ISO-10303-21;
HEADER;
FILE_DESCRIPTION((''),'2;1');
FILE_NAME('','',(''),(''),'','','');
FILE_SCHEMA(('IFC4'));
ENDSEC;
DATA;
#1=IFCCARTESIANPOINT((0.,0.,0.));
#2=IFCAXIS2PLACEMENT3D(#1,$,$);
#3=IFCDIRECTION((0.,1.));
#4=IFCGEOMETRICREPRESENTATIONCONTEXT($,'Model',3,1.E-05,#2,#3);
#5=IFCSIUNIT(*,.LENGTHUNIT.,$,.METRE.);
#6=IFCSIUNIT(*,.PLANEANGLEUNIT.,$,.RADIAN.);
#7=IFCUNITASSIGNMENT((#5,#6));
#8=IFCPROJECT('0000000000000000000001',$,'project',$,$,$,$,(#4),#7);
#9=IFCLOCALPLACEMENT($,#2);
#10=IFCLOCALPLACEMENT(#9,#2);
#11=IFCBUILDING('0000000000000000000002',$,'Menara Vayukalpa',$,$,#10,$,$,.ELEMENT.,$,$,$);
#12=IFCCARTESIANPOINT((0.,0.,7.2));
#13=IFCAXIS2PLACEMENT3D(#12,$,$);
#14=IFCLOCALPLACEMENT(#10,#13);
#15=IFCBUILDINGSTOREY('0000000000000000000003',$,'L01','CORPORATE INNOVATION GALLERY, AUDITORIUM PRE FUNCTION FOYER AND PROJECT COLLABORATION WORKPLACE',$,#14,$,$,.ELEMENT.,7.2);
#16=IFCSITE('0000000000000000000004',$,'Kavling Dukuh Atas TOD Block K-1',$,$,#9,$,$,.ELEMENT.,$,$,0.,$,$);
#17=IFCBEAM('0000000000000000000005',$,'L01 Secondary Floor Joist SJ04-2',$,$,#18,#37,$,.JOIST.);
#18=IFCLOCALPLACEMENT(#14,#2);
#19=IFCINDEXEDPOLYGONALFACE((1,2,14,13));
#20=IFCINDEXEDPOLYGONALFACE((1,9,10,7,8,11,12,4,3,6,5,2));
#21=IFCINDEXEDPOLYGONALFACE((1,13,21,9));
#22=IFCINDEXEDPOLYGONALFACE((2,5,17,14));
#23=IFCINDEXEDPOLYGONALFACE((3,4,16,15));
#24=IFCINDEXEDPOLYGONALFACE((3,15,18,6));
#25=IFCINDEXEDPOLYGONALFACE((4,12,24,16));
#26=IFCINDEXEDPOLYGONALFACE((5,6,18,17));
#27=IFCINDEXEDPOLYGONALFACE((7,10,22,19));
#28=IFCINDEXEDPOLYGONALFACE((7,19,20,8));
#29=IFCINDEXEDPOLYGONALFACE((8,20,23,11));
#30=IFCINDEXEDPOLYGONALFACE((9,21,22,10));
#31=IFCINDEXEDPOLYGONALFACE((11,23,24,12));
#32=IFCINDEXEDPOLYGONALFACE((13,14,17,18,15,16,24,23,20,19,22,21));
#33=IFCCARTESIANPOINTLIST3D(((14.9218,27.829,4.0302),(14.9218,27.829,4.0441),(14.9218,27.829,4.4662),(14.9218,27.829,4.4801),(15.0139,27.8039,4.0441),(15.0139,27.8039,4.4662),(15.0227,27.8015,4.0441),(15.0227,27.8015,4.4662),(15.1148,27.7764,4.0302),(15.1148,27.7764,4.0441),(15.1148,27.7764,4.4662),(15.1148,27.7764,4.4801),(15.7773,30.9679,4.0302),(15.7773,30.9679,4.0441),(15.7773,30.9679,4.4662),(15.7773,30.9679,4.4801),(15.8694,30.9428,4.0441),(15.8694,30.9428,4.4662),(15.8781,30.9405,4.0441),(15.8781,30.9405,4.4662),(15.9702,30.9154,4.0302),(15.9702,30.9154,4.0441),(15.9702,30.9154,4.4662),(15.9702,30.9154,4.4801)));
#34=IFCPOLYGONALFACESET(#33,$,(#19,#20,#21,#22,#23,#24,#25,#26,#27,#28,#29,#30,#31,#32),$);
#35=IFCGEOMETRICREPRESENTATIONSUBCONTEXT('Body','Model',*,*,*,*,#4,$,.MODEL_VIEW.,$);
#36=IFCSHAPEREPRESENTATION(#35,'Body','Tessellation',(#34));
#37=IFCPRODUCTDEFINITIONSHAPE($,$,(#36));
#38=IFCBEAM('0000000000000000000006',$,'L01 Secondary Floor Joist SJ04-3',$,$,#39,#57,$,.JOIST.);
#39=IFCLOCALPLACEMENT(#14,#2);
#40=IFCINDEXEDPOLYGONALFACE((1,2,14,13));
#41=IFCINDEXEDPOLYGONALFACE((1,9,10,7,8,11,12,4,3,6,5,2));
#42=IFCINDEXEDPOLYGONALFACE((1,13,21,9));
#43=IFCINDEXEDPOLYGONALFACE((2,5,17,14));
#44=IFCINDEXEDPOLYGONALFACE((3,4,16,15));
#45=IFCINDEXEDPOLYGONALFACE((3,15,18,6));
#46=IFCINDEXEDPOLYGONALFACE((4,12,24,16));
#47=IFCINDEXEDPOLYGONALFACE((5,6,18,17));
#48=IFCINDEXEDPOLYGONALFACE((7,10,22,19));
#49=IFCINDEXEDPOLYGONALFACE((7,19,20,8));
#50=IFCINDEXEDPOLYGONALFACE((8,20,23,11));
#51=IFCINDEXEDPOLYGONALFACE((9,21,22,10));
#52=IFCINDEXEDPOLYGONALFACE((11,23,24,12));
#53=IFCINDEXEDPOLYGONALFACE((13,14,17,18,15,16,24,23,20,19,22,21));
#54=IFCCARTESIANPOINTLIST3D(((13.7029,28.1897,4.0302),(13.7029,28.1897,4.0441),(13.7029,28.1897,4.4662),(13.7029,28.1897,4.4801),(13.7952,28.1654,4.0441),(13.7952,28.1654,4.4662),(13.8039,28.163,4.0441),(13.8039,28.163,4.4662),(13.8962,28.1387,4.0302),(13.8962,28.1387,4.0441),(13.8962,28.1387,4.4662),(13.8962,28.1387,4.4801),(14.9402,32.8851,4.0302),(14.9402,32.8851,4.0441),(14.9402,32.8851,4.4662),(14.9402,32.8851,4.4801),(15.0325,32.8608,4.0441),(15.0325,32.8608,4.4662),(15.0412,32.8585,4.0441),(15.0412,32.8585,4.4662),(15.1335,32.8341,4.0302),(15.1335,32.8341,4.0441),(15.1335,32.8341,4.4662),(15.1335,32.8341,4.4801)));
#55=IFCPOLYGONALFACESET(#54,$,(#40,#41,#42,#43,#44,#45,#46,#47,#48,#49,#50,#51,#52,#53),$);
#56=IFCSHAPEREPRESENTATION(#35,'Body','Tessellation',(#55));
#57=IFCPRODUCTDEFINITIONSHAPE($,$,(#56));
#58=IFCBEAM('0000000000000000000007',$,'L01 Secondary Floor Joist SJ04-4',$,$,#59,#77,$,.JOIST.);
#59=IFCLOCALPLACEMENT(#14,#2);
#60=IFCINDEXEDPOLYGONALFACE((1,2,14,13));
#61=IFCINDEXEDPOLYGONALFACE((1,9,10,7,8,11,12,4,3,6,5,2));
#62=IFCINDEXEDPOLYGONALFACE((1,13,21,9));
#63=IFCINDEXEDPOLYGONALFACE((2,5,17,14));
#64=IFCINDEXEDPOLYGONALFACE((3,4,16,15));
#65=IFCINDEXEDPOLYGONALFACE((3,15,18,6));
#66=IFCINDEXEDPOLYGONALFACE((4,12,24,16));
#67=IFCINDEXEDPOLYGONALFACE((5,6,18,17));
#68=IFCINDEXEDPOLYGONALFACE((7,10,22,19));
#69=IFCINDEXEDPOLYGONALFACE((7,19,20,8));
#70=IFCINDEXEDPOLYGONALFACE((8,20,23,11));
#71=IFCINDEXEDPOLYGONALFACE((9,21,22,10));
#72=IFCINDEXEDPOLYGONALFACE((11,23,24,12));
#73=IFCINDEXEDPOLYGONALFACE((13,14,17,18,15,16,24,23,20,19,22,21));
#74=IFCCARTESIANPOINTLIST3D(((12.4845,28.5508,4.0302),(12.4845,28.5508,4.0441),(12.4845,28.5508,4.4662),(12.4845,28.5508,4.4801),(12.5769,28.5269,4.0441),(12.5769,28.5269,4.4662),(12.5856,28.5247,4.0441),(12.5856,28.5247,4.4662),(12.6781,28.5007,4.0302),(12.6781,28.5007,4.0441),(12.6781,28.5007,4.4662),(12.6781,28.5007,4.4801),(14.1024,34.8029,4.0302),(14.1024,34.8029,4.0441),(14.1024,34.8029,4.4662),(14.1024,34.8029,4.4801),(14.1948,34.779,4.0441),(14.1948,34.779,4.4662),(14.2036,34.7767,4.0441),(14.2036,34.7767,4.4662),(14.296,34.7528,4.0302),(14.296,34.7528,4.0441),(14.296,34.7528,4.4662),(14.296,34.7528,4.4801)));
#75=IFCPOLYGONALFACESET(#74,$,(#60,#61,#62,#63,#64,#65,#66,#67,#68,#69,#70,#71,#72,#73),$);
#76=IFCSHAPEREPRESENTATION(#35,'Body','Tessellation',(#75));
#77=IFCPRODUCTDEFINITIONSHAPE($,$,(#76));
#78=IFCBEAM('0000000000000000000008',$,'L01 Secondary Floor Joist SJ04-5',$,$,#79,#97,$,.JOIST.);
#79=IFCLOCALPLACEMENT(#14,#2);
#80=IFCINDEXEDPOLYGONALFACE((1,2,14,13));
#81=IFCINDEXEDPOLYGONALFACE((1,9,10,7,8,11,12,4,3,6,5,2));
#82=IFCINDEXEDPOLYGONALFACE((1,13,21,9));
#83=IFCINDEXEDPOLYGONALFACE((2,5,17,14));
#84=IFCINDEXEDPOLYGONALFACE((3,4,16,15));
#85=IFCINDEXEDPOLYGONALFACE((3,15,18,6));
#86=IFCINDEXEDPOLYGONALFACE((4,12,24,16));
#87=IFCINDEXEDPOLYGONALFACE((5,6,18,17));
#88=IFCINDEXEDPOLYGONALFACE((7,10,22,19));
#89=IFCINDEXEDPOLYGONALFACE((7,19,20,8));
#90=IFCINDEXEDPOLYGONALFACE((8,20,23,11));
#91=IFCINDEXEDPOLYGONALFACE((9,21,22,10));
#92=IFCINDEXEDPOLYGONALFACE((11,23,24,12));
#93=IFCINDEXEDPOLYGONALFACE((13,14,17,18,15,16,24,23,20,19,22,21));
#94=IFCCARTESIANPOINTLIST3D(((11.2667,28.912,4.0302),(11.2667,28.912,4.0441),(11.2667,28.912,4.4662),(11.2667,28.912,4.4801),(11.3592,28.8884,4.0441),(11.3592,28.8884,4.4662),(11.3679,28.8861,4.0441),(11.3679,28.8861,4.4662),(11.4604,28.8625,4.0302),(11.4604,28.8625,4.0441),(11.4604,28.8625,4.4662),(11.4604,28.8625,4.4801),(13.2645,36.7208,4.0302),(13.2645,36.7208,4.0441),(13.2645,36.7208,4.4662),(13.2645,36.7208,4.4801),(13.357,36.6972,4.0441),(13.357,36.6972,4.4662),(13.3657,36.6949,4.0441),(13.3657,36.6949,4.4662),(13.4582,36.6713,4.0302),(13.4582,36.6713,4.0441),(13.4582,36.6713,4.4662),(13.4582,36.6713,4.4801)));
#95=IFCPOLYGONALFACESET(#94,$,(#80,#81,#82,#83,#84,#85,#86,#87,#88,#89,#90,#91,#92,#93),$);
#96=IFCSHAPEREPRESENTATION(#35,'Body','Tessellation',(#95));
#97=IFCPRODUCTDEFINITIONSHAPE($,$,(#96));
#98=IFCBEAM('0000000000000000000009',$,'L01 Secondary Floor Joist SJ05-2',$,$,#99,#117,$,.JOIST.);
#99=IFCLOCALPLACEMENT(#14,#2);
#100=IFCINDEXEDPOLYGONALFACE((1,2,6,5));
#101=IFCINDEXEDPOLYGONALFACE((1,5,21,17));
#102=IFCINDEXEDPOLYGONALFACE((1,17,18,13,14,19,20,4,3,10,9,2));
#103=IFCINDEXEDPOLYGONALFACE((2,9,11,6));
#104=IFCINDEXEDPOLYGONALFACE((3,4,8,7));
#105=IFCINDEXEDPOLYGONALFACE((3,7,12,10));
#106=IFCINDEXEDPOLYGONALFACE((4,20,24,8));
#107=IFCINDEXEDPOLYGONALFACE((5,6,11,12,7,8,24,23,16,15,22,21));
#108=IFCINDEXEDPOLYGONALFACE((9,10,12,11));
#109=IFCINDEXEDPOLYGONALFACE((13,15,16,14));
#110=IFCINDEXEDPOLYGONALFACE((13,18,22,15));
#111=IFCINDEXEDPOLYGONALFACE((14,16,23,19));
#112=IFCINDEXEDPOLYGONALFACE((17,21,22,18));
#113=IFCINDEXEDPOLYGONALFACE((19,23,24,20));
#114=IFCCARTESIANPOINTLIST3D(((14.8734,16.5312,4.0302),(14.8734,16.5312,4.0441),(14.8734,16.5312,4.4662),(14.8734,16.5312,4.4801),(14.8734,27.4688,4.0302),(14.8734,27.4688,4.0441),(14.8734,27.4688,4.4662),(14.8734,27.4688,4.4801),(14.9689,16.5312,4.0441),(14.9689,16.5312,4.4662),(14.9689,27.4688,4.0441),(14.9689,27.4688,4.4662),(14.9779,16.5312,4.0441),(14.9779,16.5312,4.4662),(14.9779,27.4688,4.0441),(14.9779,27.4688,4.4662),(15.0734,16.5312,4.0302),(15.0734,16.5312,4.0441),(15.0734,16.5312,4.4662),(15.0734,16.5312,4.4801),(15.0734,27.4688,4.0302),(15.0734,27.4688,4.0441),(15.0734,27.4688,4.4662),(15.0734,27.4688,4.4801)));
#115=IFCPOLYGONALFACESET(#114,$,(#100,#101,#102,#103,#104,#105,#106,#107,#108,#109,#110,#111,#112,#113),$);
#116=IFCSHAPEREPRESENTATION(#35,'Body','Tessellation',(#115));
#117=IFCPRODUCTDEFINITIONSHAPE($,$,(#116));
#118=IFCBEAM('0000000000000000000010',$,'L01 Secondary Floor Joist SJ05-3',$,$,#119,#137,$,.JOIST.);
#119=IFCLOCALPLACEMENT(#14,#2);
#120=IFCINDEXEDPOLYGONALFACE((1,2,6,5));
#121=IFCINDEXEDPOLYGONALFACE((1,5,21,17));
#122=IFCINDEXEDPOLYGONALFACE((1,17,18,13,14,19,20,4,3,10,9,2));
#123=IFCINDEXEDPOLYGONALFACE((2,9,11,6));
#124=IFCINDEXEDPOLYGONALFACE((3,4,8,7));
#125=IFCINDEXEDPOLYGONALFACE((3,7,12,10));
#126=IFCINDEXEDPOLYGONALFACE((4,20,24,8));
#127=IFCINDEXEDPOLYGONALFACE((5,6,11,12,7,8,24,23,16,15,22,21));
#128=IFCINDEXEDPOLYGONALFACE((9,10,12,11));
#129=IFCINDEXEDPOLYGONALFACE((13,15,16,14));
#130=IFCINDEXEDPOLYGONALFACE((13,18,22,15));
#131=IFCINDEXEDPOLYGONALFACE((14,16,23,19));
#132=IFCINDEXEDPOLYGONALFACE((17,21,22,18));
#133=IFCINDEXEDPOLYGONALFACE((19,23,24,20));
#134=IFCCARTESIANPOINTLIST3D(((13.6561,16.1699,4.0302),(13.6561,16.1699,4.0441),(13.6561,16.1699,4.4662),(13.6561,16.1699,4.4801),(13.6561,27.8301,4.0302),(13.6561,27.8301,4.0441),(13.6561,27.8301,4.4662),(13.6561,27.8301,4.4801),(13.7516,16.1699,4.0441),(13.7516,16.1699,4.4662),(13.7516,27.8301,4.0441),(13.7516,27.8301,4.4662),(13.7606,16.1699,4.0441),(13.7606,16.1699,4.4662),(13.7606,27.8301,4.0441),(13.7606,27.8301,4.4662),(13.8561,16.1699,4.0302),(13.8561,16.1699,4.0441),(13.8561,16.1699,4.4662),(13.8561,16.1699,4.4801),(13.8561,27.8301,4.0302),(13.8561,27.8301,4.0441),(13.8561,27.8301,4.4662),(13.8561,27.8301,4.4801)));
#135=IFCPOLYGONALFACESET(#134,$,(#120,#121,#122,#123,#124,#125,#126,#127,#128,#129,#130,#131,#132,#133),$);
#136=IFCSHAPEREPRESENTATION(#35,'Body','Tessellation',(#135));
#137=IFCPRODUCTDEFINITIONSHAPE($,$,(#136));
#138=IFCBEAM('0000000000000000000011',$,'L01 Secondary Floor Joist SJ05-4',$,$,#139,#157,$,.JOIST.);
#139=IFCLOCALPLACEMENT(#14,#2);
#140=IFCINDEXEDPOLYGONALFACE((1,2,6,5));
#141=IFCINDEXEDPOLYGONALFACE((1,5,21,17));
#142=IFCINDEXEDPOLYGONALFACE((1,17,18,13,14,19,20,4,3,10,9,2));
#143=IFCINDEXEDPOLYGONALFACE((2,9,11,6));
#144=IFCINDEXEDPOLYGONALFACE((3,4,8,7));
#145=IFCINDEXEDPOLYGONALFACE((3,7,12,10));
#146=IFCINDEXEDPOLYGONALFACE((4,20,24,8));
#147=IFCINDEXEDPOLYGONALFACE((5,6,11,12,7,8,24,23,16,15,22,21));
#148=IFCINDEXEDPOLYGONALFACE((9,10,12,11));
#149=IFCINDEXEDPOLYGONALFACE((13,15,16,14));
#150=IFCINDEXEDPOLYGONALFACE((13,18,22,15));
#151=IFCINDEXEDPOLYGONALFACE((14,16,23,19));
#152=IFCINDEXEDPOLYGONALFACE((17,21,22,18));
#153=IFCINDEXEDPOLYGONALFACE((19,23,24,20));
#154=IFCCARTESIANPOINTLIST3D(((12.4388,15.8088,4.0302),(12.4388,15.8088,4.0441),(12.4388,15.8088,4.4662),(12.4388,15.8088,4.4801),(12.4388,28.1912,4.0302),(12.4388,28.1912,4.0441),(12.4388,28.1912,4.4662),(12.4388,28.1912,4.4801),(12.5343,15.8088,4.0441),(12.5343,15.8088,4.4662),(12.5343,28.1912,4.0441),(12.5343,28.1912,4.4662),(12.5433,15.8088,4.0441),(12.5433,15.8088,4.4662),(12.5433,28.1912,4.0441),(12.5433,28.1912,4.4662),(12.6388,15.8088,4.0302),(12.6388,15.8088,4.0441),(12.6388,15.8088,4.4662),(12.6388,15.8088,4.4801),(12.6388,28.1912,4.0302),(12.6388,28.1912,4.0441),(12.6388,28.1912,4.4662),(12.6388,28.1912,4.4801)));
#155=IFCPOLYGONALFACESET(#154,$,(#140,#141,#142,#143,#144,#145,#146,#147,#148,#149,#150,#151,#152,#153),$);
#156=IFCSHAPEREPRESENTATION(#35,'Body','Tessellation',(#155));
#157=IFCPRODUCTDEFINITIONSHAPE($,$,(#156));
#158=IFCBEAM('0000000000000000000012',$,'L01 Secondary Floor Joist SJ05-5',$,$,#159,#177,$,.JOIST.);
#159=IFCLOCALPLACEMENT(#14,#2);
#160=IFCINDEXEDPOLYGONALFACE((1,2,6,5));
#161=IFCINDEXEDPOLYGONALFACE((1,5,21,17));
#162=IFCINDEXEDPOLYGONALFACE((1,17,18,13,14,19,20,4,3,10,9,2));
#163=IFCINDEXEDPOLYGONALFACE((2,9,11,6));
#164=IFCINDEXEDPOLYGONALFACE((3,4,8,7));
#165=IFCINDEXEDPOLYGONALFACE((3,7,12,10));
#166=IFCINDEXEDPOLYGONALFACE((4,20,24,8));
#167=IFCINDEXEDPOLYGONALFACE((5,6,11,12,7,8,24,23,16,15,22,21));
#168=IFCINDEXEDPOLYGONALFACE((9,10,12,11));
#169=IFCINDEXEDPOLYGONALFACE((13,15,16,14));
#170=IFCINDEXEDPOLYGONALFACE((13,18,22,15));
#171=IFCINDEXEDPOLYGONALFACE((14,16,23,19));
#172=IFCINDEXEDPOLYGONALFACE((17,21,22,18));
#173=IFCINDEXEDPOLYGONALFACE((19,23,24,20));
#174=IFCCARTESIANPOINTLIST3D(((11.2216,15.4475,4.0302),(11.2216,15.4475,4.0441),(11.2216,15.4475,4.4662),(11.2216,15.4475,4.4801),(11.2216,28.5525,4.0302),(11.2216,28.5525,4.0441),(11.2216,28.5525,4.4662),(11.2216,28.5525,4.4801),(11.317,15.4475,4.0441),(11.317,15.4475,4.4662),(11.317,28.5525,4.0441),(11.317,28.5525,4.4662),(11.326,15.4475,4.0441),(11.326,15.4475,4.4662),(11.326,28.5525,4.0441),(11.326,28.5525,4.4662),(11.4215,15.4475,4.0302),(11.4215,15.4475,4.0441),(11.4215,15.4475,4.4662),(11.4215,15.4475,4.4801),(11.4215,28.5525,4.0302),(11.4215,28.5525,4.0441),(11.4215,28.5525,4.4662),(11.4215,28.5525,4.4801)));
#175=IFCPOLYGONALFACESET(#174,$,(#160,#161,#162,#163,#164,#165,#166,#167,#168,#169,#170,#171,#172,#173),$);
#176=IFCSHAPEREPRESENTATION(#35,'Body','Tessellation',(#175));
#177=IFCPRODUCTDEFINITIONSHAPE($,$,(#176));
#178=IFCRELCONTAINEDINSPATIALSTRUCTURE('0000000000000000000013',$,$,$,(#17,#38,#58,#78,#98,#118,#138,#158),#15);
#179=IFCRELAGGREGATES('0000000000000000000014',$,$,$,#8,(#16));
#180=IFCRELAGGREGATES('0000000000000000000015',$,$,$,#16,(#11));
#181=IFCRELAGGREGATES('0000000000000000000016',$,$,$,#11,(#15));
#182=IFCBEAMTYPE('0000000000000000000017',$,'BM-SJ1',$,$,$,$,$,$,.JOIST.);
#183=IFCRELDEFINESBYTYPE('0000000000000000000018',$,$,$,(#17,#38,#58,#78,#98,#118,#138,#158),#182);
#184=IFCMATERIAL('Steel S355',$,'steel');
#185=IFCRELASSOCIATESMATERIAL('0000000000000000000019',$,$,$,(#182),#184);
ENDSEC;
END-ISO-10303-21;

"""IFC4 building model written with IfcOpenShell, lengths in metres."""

from ifc_helpers import new_model, si_unit, direction, frame, origin, origin_2d, place, context, subcontext, project, spatial, i_section, extrude, material, material_profile, profile_set, type_object, element, save


model = new_model("IFC4")

# Units and contexts
model_context = context("Model", 3, precision=1e-05, world=origin(), true_north=direction((0.0, 1.0)))
body_context = subcontext(model_context, "Body", "Model", "MODEL_VIEW")
ifc_project = project(units=[si_unit("LENGTHUNIT", "METRE"), si_unit("PLANEANGLEUNIT", "RADIAN")], contexts=[model_context])

# Site, building, storey
site_placement = place(None, origin())
site = spatial("IfcSite", under=ifc_project, at=site_placement, Name="Kavling Dukuh Atas TOD Block K-1", CompositionType="ELEMENT", RefElevation=0.0)
building_placement = place(site_placement, origin())
building = spatial("IfcBuilding", under=site, at=building_placement, Name="Menara Vayukalpa", CompositionType="ELEMENT")
storey_placement = place(building_placement, frame((0.0, 0.0, 7.2)))
storey = spatial("IfcBuildingStorey", under=building, at=storey_placement, Name="L01", Description="CORPORATE INNOVATION GALLERY, AUDITORIUM PRE FUNCTION FOYER AND PROJECT COLLABORATION WORKPLACE", CompositionType="ELEMENT", Elevation=7.2)

# Beams
ifc_material_1 = material(Name="Steel S355", Category="steel")
ifc_material_profile_1 = material_profile(ifc_material_1, i_section(OverallWidth=0.2, OverallDepth=0.45, WebThickness=0.009, FlangeThickness=0.0139, at=origin_2d()), Name="WF 450x200x9x14")
ifc_profile_set_1 = profile_set([ifc_material_profile_1], Name="Steel S355")
beam_type_1 = type_object("IfcBeamType", Name="BM-SJ1", PredefinedType="JOIST", material=ifc_profile_set_1)
beam_1_placement = place(storey_placement, frame((15.8738, 30.9417, 4.2551), z_axis=(-0.262946, -0.964811, 0.0), x_axis=(0.964811, -0.262946, 0.0)))
element("IfcBeam", 1, at=beam_1_placement, inside=storey, type_object=beam_type_1, Name="L01 Secondary Floor Joist SJ04-2", PredefinedType="JOIST", context=body_context, shape_type="SweptSolid", body=[
    extrude(i_section(OverallWidth=0.2, OverallDepth=0.45, WebThickness=0.009, FlangeThickness=0.0139, at=origin_2d()), origin(), (0.0, 0.0, 1.0), 3.2534),
])
beam_2_placement = place(storey_placement, frame((15.0369, 32.8596, 4.2551), z_axis=(-0.25482, -0.966989, 0.0), x_axis=(0.966989, -0.25482, 0.0)))
element("IfcBeam", 2, at=beam_2_placement, inside=storey, type_object=beam_type_1, Name="L01 Secondary Floor Joist SJ04-3", PredefinedType="JOIST", context=body_context, shape_type="SweptSolid", body=[
    extrude(i_section(OverallWidth=0.2, OverallDepth=0.45, WebThickness=0.009, FlangeThickness=0.0139, at=origin_2d()), origin(), (0.0, 0.0, 1.0), 4.8557),
])
beam_3_placement = place(storey_placement, frame((14.1992, 34.7778, 4.2551), z_axis=(-0.250533, -0.968108, 0.0), x_axis=(0.968108, -0.250533, 0.0)))
element("IfcBeam", 3, at=beam_3_placement, inside=storey, type_object=beam_type_1, Name="L01 Secondary Floor Joist SJ04-4", PredefinedType="JOIST", context=body_context, shape_type="SweptSolid", body=[
    extrude(i_section(OverallWidth=0.2, OverallDepth=0.45, WebThickness=0.009, FlangeThickness=0.0139, at=origin_2d()), origin(), (0.0, 0.0, 1.0), 6.458),
])
beam_4_placement = place(storey_placement, frame((13.3613, 36.696, 4.2551), z_axis=(-0.247856, -0.968797, 0.0), x_axis=(0.968797, -0.247856, 0.0)))
element("IfcBeam", 4, at=beam_4_placement, inside=storey, type_object=beam_type_1, Name="L01 Secondary Floor Joist SJ04-5", PredefinedType="JOIST", context=body_context, shape_type="SweptSolid", body=[
    extrude(i_section(OverallWidth=0.2, OverallDepth=0.45, WebThickness=0.009, FlangeThickness=0.0139, at=origin_2d()), origin(), (0.0, 0.0, 1.0), 8.0603),
])
beam_5_placement = place(storey_placement, frame((14.9734, 27.4688, 4.2551), z_axis=(0.0, -1.0, 0.0), x_axis=(1.0, 0.0, 0.0)))
element("IfcBeam", 5, at=beam_5_placement, inside=storey, type_object=beam_type_1, Name="L01 Secondary Floor Joist SJ05-2", PredefinedType="JOIST", context=body_context, shape_type="SweptSolid", body=[
    extrude(i_section(OverallWidth=0.2, OverallDepth=0.45, WebThickness=0.009, FlangeThickness=0.0139, at=origin_2d()), origin(), (0.0, 0.0, 1.0), 10.9375),
])
beam_6_placement = place(storey_placement, frame((13.7561, 27.8301, 4.2551), z_axis=(0.0, -1.0, 0.0), x_axis=(1.0, 0.0, 0.0)))
element("IfcBeam", 6, at=beam_6_placement, inside=storey, type_object=beam_type_1, Name="L01 Secondary Floor Joist SJ05-3", PredefinedType="JOIST", context=body_context, shape_type="SweptSolid", body=[
    extrude(i_section(OverallWidth=0.2, OverallDepth=0.45, WebThickness=0.009, FlangeThickness=0.0139, at=origin_2d()), origin(), (0.0, 0.0, 1.0), 11.6602),
])
beam_7_placement = place(storey_placement, frame((12.5388, 28.1912, 4.2551), z_axis=(0.0, -1.0, 0.0), x_axis=(1.0, 0.0, 0.0)))
element("IfcBeam", 7, at=beam_7_placement, inside=storey, type_object=beam_type_1, Name="L01 Secondary Floor Joist SJ05-4", PredefinedType="JOIST", context=body_context, shape_type="SweptSolid", body=[
    extrude(i_section(OverallWidth=0.2, OverallDepth=0.45, WebThickness=0.009, FlangeThickness=0.0139, at=origin_2d()), origin(), (0.0, 0.0, 1.0), 12.3823),
])
beam_8_placement = place(storey_placement, frame((11.3215, 28.5525, 4.2551), z_axis=(0.0, -1.0, 0.0), x_axis=(1.0, 0.0, 0.0)))
element("IfcBeam", 8, at=beam_8_placement, inside=storey, type_object=beam_type_1, Name="L01 Secondary Floor Joist SJ05-5", PredefinedType="JOIST", context=body_context, shape_type="SweptSolid", body=[
    extrude(i_section(OverallWidth=0.2, OverallDepth=0.45, WebThickness=0.009, FlangeThickness=0.0139, at=origin_2d()), origin(), (0.0, 0.0, 1.0), 13.105),
])

save(model, "model.ifc")
